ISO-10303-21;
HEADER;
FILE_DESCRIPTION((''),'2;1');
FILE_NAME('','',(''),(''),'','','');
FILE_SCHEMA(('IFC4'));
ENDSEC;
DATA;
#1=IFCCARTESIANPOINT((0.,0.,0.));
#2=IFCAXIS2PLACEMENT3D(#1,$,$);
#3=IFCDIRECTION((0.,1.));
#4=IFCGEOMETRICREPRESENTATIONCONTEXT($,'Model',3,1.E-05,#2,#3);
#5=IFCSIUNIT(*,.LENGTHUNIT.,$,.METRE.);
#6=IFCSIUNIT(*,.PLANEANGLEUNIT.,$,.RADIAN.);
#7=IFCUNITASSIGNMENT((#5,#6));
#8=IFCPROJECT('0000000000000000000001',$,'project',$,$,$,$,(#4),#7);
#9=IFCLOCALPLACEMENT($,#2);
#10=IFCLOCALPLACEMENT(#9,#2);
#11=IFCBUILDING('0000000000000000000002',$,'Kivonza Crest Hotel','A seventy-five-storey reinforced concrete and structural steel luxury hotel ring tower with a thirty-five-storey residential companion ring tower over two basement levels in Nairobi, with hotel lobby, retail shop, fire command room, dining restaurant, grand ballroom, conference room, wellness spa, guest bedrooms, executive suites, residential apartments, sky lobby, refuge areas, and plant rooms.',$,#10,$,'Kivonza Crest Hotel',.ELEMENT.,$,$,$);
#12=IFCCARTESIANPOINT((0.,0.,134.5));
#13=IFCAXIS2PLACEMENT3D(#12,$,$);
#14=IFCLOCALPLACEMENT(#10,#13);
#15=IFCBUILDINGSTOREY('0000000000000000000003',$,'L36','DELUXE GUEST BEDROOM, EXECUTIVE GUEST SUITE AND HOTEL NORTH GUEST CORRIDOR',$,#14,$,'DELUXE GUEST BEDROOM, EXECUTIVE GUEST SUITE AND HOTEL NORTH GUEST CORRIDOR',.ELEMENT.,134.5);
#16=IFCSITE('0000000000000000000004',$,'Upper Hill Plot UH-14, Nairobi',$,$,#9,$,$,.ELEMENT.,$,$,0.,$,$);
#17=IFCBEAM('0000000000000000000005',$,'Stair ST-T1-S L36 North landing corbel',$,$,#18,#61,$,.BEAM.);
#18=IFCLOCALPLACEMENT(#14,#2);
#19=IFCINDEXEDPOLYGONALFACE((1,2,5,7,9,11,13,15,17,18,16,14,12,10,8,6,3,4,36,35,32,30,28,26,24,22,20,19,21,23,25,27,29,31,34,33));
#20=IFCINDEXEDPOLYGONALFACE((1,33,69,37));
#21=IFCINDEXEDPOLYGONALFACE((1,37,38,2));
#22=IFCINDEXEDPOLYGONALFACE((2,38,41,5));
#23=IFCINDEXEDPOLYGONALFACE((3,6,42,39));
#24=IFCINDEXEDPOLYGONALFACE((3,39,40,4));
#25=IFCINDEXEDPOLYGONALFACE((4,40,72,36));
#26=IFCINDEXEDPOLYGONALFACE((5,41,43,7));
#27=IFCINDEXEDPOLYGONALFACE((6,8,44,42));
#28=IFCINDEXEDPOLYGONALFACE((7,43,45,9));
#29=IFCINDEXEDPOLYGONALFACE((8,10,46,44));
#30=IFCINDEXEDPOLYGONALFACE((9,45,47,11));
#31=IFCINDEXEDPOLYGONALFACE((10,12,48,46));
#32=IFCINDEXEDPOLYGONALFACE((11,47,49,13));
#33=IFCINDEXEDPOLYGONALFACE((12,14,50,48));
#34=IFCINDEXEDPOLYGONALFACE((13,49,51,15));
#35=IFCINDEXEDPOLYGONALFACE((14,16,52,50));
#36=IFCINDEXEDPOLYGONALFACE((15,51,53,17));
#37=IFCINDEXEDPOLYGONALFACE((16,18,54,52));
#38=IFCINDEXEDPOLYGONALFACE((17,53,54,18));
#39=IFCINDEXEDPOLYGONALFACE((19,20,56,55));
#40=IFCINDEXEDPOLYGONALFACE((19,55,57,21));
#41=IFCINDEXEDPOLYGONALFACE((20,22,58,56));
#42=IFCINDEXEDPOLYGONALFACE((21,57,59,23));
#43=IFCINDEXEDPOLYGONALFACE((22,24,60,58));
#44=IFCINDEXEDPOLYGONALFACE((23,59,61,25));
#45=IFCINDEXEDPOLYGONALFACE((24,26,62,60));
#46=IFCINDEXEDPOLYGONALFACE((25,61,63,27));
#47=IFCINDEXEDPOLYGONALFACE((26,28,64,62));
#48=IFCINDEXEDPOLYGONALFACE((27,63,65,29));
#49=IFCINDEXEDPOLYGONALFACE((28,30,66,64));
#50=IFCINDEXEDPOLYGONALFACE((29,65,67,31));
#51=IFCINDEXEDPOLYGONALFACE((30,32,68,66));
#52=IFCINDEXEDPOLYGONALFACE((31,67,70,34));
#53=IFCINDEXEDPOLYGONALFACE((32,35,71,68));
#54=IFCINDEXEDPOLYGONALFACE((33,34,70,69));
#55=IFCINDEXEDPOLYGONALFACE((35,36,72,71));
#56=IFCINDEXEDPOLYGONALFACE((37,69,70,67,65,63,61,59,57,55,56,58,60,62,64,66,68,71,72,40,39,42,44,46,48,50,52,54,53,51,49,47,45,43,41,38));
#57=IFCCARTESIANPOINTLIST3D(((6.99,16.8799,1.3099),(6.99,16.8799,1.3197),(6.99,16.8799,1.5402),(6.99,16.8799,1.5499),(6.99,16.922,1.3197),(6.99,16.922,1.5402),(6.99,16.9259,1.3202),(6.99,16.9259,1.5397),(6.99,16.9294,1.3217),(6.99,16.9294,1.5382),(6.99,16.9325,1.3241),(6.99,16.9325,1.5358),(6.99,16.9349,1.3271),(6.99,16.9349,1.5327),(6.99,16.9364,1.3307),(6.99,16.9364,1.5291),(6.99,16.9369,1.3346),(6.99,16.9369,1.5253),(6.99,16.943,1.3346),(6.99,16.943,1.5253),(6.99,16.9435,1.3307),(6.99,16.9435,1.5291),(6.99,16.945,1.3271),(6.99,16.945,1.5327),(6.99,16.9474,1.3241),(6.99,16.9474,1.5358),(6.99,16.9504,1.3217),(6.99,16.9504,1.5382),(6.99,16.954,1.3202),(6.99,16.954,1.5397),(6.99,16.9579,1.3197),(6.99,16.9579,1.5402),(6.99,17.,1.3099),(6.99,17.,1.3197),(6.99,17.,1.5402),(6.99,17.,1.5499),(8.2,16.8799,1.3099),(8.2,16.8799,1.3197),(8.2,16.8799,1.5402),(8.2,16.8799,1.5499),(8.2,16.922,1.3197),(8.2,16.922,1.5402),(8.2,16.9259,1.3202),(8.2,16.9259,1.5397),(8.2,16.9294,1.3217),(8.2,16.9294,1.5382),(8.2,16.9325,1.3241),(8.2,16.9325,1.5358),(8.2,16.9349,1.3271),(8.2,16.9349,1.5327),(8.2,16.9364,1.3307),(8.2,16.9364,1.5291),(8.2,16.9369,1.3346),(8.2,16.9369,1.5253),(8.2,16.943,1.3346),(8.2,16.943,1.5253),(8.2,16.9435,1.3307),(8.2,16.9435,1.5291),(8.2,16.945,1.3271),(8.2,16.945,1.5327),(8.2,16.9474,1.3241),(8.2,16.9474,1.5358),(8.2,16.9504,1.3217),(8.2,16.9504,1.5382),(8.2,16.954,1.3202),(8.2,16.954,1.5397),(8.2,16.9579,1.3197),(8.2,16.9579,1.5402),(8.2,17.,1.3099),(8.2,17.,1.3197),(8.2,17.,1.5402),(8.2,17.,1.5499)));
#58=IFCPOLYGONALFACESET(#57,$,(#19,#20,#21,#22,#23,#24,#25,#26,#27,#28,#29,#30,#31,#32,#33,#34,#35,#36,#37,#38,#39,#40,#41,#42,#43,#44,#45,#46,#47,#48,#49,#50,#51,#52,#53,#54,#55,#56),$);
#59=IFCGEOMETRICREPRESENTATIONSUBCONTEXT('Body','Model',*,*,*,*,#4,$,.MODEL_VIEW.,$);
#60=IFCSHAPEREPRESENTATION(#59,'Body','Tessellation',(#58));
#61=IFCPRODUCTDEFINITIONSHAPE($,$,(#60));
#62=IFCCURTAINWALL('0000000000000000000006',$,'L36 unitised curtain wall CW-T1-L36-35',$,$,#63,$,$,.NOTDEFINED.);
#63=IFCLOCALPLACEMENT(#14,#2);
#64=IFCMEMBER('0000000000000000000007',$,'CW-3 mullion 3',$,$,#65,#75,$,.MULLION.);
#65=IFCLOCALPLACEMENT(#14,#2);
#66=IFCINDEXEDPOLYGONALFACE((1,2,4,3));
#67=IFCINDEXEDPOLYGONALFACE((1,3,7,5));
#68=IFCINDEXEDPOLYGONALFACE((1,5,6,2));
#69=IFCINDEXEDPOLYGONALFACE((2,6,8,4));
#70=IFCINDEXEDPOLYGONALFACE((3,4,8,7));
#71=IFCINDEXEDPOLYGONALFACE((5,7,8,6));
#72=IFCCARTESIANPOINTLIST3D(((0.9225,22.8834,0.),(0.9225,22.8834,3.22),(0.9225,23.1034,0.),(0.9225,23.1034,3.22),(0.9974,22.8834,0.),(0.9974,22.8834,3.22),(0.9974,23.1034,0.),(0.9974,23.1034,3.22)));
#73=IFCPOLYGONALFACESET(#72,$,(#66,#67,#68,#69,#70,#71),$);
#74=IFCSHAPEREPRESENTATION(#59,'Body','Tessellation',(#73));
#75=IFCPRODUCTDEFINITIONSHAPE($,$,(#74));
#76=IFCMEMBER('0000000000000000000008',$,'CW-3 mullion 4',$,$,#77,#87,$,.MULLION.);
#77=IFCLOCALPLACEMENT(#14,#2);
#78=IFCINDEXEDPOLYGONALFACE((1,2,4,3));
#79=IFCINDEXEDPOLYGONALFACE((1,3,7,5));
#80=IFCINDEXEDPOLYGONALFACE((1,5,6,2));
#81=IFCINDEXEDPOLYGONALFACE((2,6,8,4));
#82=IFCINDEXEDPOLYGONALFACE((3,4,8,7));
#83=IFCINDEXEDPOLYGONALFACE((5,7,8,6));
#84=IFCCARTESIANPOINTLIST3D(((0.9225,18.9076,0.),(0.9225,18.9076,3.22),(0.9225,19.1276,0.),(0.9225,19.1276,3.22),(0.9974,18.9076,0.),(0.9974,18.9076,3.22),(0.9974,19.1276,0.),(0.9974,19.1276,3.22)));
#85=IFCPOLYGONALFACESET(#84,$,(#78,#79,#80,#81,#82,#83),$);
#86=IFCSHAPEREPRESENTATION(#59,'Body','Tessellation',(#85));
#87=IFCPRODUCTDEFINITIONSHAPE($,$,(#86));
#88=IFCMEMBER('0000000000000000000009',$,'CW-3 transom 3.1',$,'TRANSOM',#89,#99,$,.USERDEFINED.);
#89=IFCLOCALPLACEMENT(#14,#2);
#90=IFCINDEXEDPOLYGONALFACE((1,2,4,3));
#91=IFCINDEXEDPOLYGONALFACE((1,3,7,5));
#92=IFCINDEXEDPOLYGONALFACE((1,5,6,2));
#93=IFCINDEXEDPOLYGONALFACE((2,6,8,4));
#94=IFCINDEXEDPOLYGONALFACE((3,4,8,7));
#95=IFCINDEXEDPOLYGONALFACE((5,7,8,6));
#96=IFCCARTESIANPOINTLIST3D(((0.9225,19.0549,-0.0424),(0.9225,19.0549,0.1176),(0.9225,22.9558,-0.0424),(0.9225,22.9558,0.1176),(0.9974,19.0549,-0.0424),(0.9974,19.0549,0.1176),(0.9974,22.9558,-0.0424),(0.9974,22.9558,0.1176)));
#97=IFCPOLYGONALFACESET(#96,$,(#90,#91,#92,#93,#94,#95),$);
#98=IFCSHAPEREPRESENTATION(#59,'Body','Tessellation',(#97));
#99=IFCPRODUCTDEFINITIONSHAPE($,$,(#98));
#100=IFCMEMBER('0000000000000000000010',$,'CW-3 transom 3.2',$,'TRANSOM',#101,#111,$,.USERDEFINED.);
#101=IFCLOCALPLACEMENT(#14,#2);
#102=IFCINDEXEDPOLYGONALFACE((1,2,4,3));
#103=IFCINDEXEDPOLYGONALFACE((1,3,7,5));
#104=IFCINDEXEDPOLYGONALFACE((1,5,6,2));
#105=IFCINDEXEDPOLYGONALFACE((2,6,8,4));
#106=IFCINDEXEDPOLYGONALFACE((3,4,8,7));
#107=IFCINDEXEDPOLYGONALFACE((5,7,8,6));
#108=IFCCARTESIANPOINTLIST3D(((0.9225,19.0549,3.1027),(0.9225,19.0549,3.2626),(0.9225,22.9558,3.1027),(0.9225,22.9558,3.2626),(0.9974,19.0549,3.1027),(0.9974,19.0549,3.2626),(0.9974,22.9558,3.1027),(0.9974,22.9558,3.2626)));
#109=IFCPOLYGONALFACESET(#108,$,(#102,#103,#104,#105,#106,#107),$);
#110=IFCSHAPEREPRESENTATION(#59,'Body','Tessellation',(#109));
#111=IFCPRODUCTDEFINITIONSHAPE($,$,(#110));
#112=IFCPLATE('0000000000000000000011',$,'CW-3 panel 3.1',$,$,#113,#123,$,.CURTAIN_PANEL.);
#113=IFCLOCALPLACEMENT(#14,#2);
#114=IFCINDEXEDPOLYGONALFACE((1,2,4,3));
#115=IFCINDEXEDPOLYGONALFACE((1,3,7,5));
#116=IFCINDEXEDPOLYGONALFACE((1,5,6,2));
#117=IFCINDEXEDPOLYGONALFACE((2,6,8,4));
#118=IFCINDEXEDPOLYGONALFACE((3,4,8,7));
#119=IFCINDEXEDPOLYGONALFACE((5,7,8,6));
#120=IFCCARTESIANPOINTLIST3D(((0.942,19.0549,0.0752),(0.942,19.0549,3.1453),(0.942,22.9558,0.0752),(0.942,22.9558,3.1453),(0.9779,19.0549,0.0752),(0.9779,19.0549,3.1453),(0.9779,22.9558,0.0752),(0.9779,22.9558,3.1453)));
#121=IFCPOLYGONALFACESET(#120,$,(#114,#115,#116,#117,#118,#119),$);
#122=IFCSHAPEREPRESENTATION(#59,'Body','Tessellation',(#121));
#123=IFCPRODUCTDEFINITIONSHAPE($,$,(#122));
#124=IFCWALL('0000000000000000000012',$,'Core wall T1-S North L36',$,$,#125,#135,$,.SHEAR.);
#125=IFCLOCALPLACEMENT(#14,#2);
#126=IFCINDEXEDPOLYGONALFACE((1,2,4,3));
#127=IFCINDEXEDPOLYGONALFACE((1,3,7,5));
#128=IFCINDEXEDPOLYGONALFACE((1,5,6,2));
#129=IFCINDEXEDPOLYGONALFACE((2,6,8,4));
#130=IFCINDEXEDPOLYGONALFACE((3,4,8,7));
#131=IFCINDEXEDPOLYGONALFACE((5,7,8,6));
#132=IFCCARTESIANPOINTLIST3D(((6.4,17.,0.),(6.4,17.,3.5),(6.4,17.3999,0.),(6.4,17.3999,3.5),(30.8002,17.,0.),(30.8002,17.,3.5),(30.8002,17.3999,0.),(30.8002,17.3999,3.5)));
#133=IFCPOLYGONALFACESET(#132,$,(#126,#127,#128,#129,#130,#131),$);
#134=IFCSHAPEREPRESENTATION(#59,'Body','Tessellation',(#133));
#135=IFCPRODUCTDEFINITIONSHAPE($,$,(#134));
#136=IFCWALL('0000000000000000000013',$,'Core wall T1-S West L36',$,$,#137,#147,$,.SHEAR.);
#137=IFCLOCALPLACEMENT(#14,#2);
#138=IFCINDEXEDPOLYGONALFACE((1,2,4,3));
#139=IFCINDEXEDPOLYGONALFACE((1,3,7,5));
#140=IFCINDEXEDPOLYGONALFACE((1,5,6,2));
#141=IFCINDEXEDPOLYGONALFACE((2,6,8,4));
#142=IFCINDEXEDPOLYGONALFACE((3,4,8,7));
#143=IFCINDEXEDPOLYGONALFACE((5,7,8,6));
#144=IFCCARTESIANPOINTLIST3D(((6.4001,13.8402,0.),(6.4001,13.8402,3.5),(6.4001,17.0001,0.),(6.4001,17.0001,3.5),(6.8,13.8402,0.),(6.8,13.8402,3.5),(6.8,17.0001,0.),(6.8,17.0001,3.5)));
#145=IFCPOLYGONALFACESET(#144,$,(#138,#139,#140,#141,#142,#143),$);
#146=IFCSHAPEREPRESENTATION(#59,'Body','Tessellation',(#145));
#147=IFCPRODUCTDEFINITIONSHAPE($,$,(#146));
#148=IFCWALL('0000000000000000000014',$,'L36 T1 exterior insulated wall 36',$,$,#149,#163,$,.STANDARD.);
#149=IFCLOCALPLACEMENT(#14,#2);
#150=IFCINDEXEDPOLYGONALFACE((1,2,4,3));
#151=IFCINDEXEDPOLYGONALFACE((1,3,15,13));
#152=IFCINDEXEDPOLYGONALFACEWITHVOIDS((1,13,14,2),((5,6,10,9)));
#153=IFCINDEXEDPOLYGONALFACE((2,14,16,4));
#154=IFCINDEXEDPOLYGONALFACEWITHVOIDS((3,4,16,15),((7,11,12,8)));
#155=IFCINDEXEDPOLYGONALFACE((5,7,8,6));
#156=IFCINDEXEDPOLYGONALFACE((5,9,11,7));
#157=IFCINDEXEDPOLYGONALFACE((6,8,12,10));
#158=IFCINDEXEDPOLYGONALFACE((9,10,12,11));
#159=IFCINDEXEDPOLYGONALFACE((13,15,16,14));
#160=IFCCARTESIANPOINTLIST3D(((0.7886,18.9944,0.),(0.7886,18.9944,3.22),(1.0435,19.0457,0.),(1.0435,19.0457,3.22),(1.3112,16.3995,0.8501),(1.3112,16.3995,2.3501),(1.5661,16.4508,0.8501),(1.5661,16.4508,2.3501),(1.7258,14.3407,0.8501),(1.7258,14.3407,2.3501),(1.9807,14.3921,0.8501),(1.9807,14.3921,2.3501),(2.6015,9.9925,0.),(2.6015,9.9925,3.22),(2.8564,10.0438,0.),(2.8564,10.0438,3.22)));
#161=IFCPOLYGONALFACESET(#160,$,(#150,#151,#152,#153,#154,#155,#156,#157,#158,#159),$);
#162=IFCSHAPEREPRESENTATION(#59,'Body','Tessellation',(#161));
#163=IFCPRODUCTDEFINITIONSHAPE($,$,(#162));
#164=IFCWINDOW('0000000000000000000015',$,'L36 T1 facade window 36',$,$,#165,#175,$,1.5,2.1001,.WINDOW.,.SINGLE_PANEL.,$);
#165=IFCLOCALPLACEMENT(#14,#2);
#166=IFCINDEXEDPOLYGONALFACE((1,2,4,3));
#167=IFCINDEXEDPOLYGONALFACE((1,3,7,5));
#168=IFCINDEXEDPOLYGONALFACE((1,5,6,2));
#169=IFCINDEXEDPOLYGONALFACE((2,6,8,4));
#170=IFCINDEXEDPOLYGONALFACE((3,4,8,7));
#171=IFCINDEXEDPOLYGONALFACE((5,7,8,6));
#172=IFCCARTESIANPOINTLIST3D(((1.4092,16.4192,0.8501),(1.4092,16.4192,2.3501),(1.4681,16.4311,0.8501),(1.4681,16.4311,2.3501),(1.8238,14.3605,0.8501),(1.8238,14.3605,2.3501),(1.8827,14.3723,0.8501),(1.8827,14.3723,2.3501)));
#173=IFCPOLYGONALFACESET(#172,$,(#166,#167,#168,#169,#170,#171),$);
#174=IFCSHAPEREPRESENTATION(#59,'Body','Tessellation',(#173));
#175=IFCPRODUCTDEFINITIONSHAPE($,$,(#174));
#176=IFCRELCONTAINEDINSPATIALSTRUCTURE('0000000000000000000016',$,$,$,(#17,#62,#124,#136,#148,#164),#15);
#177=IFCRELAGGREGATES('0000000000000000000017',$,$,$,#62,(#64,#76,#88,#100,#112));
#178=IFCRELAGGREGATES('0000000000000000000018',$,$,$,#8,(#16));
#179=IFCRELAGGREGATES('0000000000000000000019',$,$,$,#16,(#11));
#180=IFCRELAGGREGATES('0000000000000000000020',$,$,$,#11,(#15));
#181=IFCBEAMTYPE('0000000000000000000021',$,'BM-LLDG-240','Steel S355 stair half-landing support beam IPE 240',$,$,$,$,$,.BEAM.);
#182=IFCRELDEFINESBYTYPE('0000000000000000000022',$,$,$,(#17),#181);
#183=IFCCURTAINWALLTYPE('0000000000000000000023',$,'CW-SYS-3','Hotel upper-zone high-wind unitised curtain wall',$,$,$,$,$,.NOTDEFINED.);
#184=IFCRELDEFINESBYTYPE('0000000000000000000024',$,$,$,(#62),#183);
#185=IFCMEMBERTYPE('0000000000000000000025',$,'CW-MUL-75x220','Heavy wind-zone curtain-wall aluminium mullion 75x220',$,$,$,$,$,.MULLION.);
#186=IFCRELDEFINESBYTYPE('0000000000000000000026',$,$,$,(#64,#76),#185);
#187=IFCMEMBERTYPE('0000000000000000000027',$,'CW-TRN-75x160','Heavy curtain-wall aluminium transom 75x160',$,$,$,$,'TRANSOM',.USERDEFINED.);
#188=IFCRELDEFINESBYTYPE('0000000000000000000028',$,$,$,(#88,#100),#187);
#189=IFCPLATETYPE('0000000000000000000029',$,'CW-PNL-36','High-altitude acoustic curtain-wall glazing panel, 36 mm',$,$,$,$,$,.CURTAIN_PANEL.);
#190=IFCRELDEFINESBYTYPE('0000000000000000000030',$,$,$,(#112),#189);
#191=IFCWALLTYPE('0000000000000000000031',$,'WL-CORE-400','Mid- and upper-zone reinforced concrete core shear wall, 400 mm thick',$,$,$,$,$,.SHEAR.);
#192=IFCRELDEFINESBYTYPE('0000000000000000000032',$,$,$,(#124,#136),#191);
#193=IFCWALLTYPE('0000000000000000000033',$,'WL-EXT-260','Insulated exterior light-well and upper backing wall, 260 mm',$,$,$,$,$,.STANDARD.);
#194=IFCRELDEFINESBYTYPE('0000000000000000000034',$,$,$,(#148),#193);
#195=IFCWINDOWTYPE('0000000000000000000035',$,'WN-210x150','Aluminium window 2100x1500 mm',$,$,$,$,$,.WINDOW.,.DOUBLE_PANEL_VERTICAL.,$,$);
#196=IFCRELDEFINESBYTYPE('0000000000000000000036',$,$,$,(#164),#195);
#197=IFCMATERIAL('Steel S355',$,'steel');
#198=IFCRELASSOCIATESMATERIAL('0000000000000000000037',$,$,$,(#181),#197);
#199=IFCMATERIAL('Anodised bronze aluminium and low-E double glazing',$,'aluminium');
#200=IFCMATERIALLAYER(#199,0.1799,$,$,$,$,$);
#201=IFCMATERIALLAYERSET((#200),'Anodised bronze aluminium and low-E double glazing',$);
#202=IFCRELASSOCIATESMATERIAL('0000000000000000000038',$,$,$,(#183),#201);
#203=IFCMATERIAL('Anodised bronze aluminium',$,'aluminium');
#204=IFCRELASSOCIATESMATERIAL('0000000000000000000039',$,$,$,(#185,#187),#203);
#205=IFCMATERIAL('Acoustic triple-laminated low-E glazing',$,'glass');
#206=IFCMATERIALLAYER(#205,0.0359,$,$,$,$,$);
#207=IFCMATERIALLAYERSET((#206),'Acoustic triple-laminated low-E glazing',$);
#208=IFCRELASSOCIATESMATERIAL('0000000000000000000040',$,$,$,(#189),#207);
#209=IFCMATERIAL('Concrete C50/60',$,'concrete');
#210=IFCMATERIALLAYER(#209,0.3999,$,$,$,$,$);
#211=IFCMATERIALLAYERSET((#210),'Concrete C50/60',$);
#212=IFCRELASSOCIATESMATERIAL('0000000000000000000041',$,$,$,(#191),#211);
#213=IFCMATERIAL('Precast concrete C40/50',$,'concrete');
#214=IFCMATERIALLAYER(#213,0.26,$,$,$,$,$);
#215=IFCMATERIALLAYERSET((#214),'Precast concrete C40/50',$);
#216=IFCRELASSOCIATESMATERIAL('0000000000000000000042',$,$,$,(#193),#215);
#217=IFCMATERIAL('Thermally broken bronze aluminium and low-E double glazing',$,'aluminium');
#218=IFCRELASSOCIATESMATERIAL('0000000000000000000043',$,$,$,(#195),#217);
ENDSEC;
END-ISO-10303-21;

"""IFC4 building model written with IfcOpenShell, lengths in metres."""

from ifc_helpers import new_model, si_unit, direction, frame, frame_2d, origin, origin_2d, place, context, subcontext, project, spatial, rectangle, i_section, extrude, material, layer, layer_set, material_profile, profile_set, type_object, element, fill, aggregate, save


model = new_model("IFC4")

# Units and contexts
model_context = context("Model", 3, precision=1e-05, world=origin(), true_north=direction((0.0, 1.0)))
body_context = subcontext(model_context, "Body", "Model", "MODEL_VIEW")
ifc_project = project(units=[si_unit("LENGTHUNIT", "METRE"), si_unit("PLANEANGLEUNIT", "RADIAN")], contexts=[model_context])

# Site, building, storey
site_placement = place(None, origin())
site = spatial("IfcSite", under=ifc_project, at=site_placement, Name="Upper Hill Plot UH-14, Nairobi", CompositionType="ELEMENT", RefElevation=0.0)
building_placement = place(site_placement, origin())
building = spatial("IfcBuilding", under=site, at=building_placement, Name="Kivonza Crest Hotel", Description="A seventy-five-storey reinforced concrete and structural steel luxury hotel ring tower with a thirty-five-storey residential companion ring tower over two basement levels in Nairobi, with hotel lobby, retail shop, fire command room, dining restaurant, grand ballroom, conference room, wellness spa, guest bedrooms, executive suites, residential apartments, sky lobby, refuge areas, and plant rooms.", LongName="Kivonza Crest Hotel", CompositionType="ELEMENT")
storey_placement = place(building_placement, frame((0.0, 0.0, 134.5)))
storey = spatial("IfcBuildingStorey", under=building, at=storey_placement, Name="L36", Description="DELUXE GUEST BEDROOM, EXECUTIVE GUEST SUITE AND HOTEL NORTH GUEST CORRIDOR", LongName="DELUXE GUEST BEDROOM, EXECUTIVE GUEST SUITE AND HOTEL NORTH GUEST CORRIDOR", CompositionType="ELEMENT", Elevation=134.5)

# Shared definitions
ifc_material_1 = material(Name="Concrete C50/60", Category="concrete")

# Beam
ifc_material_2 = material(Name="Steel S355", Category="steel")
ifc_material_profile_1 = material_profile(ifc_material_2, i_section(OverallWidth=0.1201, OverallDepth=0.24, WebThickness=0.0061, FlangeThickness=0.0098, FilletRadius=0.0149, at=origin_2d()), Name="IPE 240")
ifc_profile_set_1 = profile_set([ifc_material_profile_1], Name="Steel S355")
beam_type_1 = type_object("IfcBeamType", Name="BM-LLDG-240", Description="Steel S355 stair half-landing support beam IPE 240", PredefinedType="BEAM", material=ifc_profile_set_1)
for number, where, z_axis, x_axis, name in (
    (1, (6.99, 16.9399, 1.4299), (1.0, 0.0, 0.0), (0.0, 1.0, 0.0), "Stair ST-T1-S L36 North landing corbel"),
):
    element("IfcBeam", number, at=place(storey_placement, frame(where, z_axis=z_axis, x_axis=x_axis)), inside=storey, type_object=beam_type_1, Name=name, PredefinedType="BEAM", context=body_context, shape_type="SweptSolid", body=[
        extrude(i_section(OverallWidth=0.1201, OverallDepth=0.24, WebThickness=0.0061, FlangeThickness=0.0098, FilletRadius=0.0149, at=origin_2d()), origin(), (0.0, 0.0, 1.0), 1.21),
    ])

# Curtain wall, members, plate
ifc_material_3 = material(Name="Anodised bronze aluminium and low-E double glazing", Category="aluminium")
ifc_layer_1 = layer(ifc_material_3, 0.1799)
ifc_layer_set_1 = layer_set([ifc_layer_1], Name="Anodised bronze aluminium and low-E double glazing")
curtain_wall_type = type_object("IfcCurtainWallType", Name="CW-SYS-3", Description="Hotel upper-zone high-wind unitised curtain wall", PredefinedType="NOTDEFINED", material=ifc_layer_set_1)
curtain_wall_placement = place(storey_placement, origin())
curtain_wall = element("IfcCurtainWall", 2, at=curtain_wall_placement, inside=storey, type_object=curtain_wall_type, Name="L36 unitised curtain wall CW-T1-L36-35", PredefinedType="NOTDEFINED")
ifc_material_4 = material(Name="Anodised bronze aluminium", Category="aluminium")
ifc_material_profile_2 = material_profile(ifc_material_4, rectangle(XDim=0.075, YDim=0.22, at=origin_2d()), Name="CW-M 75x220")
ifc_profile_set_2 = profile_set([ifc_material_profile_2], Name="Anodised bronze aluminium")
member_type_1 = type_object("IfcMemberType", Name="CW-MUL-75x220", Description="Heavy wind-zone curtain-wall aluminium mullion 75x220", PredefinedType="MULLION", material=ifc_profile_set_2)
member_1_placement = place(storey_placement, frame((0.96, 22.9934, 0.0), z_axis=(0.0, 0.0, 1.0), x_axis=(1.0, 0.0, 0.0)))
member_1 = element("IfcMember", 3, at=member_1_placement, type_object=member_type_1, Name="CW-3 mullion 3", PredefinedType="MULLION", context=body_context, shape_type="SweptSolid", body=[
    extrude(rectangle(XDim=0.075, YDim=0.22, at=origin_2d()), origin(), (0.0, 0.0, 1.0), 3.22),
])
member_2_placement = place(storey_placement, frame((0.96, 19.0176, 0.0), z_axis=(0.0, 0.0, 1.0), x_axis=(1.0, 0.0, 0.0)))
member_2 = element("IfcMember", 4, at=member_2_placement, type_object=member_type_1, Name="CW-3 mullion 4", PredefinedType="MULLION", context=body_context, shape_type="SweptSolid", body=[
    extrude(rectangle(XDim=0.075, YDim=0.22, at=origin_2d()), origin(), (0.0, 0.0, 1.0), 3.22),
])
ifc_material_profile_3 = material_profile(ifc_material_4, rectangle(XDim=0.075, YDim=0.1599, at=origin_2d()), Name="CW-T 75x160")
ifc_profile_set_3 = profile_set([ifc_material_profile_3], Name="Anodised bronze aluminium")
member_type_2 = type_object("IfcMemberType", Name="CW-TRN-75x160", Description="Heavy curtain-wall aluminium transom 75x160", ElementType="TRANSOM", PredefinedType="USERDEFINED", material=ifc_profile_set_3)
member_3_placement = place(storey_placement, frame((0.96, 22.9558, 0.0376), z_axis=(0.0, -1.0, 0.0), x_axis=(1.0, 0.0, 0.0)))
member_3 = element("IfcMember", 5, at=member_3_placement, type_object=member_type_2, Name="CW-3 transom 3.1", ObjectType="TRANSOM", PredefinedType="USERDEFINED", context=body_context, shape_type="SweptSolid", body=[
    extrude(rectangle(XDim=0.075, YDim=0.1599, at=origin_2d()), origin(), (0.0, 0.0, 1.0), 3.9009),
])
member_4_placement = place(storey_placement, frame((0.96, 22.9558, 3.1826), z_axis=(0.0, -1.0, 0.0), x_axis=(1.0, 0.0, 0.0)))
member_4 = element("IfcMember", 6, at=member_4_placement, type_object=member_type_2, Name="CW-3 transom 3.2", ObjectType="TRANSOM", PredefinedType="USERDEFINED", context=body_context, shape_type="SweptSolid", body=[
    extrude(rectangle(XDim=0.075, YDim=0.1599, at=origin_2d()), origin(), (0.0, 0.0, 1.0), 3.9009),
])
ifc_material_5 = material(Name="Acoustic triple-laminated low-E glazing", Category="glass")
ifc_layer_2 = layer(ifc_material_5, 0.0359)
ifc_layer_set_2 = layer_set([ifc_layer_2], Name="Acoustic triple-laminated low-E glazing")
plate_type = type_object("IfcPlateType", Name="CW-PNL-36", Description="High-altitude acoustic curtain-wall glazing panel, 36 mm", PredefinedType="CURTAIN_PANEL", material=ifc_layer_set_2)
plate_placement = place(storey_placement, frame((0.96, 21.0054, 0.0752), z_axis=(0.0, 0.0, 1.0), x_axis=(0.0, -1.0, 0.0)))
plate = element("IfcPlate", 7, at=plate_placement, type_object=plate_type, Name="CW-3 panel 3.1", PredefinedType="CURTAIN_PANEL", context=body_context, shape_type="SweptSolid", body=[
    extrude(rectangle(XDim=3.9009, YDim=0.0359, at=origin_2d()), origin(), (0.0, 0.0, 1.0), 3.0701),
])
aggregate(curtain_wall, [member_1, member_2, member_3, member_4, plate])

# Shared definitions
ifc_layer_3 = layer(ifc_material_1, 0.3999)
ifc_layer_set_3 = layer_set([ifc_layer_3], Name="Concrete C50/60")
wall_type_1 = type_object("IfcWallType", Name="WL-CORE-400", Description="Mid- and upper-zone reinforced concrete core shear wall, 400 mm thick", PredefinedType="SHEAR", material=ifc_layer_set_3)

# Walls
wall_1_placement = place(storey_placement, frame((6.3999, 17.2, 0.0), z_axis=(0.0, 0.0, 1.0), x_axis=(1.0, 0.0, 0.0)))
element("IfcWall", 8, at=wall_1_placement, inside=storey, type_object=wall_type_1, Name="Core wall T1-S North L36", PredefinedType="SHEAR", context=body_context, shape_type="SweptSolid", body=[
    extrude(rectangle(XDim=24.4001, YDim=0.3999, at=frame_2d((12.2002, 0.0))), origin(), (0.0, 0.0, 1.0), 3.5),
])
wall_2_placement = place(storey_placement, frame((6.6001, 13.8401, 0.0), z_axis=(0.0, 0.0, 1.0), x_axis=(0.0, 1.0, 0.0)))
element("IfcWall", 9, at=wall_2_placement, inside=storey, type_object=wall_type_1, Name="Core wall T1-S West L36", PredefinedType="SHEAR", context=body_context, shape_type="SweptSolid", body=[
    extrude(rectangle(XDim=3.1599, YDim=0.3999, at=frame_2d((1.5801, 0.0))), origin(), (0.0, 0.0, 1.0), 3.5),
])

# Wall, opening, window
ifc_material_6 = material(Name="Precast concrete C40/50", Category="concrete")
ifc_layer_4 = layer(ifc_material_6, 0.26)
ifc_layer_set_4 = layer_set([ifc_layer_4], Name="Precast concrete C40/50")
wall_type_2 = type_object("IfcWallType", Name="WL-EXT-260", Description="Insulated exterior light-well and upper backing wall, 260 mm", PredefinedType="STANDARD", material=ifc_layer_set_4)
wall_3_placement = place(storey_placement, frame((0.916, 19.02, 0.0), z_axis=(0.0, 0.0, 1.0), x_axis=(0.197435, -0.980316, 0.0)))
wall_3 = element("IfcWall", 10, at=wall_3_placement, inside=storey, type_object=wall_type_2, Name="L36 T1 exterior insulated wall 36", PredefinedType="STANDARD", context=body_context, shape_type="SweptSolid", body=[
    extrude(rectangle(XDim=9.1826, YDim=0.26, at=frame_2d((4.5913, 0.0))), origin(), (0.0, 0.0, 1.0), 3.22),
])
opening_1_placement = place(wall_3_placement, frame((2.647, 0.0, 0.8501)))
opening_1 = element("IfcOpeningElement", 11, at=opening_1_placement, cuts=wall_3, PredefinedType="OPENING", context=body_context, shape_type="SweptSolid", body=[
    extrude(rectangle(XDim=2.1001, YDim=1.5, at=frame_2d((1.05, 0.75))), frame((0.0, 0.1401, 0.0), z_axis=(0.0, -1.0, 0.0), x_axis=(1.0, 0.0, 0.0)), (0.0, 0.0, 1.0), 0.28),
])
ifc_material_7 = material(Name="Thermally broken bronze aluminium and low-E double glazing", Category="aluminium")
window_type = type_object("IfcWindowType", Name="WN-210x150", Description="Aluminium window 2100x1500 mm", PartitioningType="DOUBLE_PANEL_VERTICAL", PredefinedType="WINDOW", material=ifc_material_7)
window_placement = place(opening_1_placement, origin())
window = element("IfcWindow", 12, at=window_placement, inside=storey, type_object=window_type, Name="L36 T1 facade window 36", OverallHeight=1.5, OverallWidth=2.1001, PartitioningType="SINGLE_PANEL", PredefinedType="WINDOW", context=body_context, shape_type="SweptSolid", body=[
    extrude(rectangle(XDim=2.1001, YDim=1.5, at=frame_2d((1.05, 0.75))), frame((0.0, 0.03, 0.0), z_axis=(0.0, -1.0, 0.0), x_axis=(1.0, 0.0, 0.0)), (0.0, 0.0, 1.0), 0.0601),
])
fill(opening_1, window)

save(model, "model.ifc")
